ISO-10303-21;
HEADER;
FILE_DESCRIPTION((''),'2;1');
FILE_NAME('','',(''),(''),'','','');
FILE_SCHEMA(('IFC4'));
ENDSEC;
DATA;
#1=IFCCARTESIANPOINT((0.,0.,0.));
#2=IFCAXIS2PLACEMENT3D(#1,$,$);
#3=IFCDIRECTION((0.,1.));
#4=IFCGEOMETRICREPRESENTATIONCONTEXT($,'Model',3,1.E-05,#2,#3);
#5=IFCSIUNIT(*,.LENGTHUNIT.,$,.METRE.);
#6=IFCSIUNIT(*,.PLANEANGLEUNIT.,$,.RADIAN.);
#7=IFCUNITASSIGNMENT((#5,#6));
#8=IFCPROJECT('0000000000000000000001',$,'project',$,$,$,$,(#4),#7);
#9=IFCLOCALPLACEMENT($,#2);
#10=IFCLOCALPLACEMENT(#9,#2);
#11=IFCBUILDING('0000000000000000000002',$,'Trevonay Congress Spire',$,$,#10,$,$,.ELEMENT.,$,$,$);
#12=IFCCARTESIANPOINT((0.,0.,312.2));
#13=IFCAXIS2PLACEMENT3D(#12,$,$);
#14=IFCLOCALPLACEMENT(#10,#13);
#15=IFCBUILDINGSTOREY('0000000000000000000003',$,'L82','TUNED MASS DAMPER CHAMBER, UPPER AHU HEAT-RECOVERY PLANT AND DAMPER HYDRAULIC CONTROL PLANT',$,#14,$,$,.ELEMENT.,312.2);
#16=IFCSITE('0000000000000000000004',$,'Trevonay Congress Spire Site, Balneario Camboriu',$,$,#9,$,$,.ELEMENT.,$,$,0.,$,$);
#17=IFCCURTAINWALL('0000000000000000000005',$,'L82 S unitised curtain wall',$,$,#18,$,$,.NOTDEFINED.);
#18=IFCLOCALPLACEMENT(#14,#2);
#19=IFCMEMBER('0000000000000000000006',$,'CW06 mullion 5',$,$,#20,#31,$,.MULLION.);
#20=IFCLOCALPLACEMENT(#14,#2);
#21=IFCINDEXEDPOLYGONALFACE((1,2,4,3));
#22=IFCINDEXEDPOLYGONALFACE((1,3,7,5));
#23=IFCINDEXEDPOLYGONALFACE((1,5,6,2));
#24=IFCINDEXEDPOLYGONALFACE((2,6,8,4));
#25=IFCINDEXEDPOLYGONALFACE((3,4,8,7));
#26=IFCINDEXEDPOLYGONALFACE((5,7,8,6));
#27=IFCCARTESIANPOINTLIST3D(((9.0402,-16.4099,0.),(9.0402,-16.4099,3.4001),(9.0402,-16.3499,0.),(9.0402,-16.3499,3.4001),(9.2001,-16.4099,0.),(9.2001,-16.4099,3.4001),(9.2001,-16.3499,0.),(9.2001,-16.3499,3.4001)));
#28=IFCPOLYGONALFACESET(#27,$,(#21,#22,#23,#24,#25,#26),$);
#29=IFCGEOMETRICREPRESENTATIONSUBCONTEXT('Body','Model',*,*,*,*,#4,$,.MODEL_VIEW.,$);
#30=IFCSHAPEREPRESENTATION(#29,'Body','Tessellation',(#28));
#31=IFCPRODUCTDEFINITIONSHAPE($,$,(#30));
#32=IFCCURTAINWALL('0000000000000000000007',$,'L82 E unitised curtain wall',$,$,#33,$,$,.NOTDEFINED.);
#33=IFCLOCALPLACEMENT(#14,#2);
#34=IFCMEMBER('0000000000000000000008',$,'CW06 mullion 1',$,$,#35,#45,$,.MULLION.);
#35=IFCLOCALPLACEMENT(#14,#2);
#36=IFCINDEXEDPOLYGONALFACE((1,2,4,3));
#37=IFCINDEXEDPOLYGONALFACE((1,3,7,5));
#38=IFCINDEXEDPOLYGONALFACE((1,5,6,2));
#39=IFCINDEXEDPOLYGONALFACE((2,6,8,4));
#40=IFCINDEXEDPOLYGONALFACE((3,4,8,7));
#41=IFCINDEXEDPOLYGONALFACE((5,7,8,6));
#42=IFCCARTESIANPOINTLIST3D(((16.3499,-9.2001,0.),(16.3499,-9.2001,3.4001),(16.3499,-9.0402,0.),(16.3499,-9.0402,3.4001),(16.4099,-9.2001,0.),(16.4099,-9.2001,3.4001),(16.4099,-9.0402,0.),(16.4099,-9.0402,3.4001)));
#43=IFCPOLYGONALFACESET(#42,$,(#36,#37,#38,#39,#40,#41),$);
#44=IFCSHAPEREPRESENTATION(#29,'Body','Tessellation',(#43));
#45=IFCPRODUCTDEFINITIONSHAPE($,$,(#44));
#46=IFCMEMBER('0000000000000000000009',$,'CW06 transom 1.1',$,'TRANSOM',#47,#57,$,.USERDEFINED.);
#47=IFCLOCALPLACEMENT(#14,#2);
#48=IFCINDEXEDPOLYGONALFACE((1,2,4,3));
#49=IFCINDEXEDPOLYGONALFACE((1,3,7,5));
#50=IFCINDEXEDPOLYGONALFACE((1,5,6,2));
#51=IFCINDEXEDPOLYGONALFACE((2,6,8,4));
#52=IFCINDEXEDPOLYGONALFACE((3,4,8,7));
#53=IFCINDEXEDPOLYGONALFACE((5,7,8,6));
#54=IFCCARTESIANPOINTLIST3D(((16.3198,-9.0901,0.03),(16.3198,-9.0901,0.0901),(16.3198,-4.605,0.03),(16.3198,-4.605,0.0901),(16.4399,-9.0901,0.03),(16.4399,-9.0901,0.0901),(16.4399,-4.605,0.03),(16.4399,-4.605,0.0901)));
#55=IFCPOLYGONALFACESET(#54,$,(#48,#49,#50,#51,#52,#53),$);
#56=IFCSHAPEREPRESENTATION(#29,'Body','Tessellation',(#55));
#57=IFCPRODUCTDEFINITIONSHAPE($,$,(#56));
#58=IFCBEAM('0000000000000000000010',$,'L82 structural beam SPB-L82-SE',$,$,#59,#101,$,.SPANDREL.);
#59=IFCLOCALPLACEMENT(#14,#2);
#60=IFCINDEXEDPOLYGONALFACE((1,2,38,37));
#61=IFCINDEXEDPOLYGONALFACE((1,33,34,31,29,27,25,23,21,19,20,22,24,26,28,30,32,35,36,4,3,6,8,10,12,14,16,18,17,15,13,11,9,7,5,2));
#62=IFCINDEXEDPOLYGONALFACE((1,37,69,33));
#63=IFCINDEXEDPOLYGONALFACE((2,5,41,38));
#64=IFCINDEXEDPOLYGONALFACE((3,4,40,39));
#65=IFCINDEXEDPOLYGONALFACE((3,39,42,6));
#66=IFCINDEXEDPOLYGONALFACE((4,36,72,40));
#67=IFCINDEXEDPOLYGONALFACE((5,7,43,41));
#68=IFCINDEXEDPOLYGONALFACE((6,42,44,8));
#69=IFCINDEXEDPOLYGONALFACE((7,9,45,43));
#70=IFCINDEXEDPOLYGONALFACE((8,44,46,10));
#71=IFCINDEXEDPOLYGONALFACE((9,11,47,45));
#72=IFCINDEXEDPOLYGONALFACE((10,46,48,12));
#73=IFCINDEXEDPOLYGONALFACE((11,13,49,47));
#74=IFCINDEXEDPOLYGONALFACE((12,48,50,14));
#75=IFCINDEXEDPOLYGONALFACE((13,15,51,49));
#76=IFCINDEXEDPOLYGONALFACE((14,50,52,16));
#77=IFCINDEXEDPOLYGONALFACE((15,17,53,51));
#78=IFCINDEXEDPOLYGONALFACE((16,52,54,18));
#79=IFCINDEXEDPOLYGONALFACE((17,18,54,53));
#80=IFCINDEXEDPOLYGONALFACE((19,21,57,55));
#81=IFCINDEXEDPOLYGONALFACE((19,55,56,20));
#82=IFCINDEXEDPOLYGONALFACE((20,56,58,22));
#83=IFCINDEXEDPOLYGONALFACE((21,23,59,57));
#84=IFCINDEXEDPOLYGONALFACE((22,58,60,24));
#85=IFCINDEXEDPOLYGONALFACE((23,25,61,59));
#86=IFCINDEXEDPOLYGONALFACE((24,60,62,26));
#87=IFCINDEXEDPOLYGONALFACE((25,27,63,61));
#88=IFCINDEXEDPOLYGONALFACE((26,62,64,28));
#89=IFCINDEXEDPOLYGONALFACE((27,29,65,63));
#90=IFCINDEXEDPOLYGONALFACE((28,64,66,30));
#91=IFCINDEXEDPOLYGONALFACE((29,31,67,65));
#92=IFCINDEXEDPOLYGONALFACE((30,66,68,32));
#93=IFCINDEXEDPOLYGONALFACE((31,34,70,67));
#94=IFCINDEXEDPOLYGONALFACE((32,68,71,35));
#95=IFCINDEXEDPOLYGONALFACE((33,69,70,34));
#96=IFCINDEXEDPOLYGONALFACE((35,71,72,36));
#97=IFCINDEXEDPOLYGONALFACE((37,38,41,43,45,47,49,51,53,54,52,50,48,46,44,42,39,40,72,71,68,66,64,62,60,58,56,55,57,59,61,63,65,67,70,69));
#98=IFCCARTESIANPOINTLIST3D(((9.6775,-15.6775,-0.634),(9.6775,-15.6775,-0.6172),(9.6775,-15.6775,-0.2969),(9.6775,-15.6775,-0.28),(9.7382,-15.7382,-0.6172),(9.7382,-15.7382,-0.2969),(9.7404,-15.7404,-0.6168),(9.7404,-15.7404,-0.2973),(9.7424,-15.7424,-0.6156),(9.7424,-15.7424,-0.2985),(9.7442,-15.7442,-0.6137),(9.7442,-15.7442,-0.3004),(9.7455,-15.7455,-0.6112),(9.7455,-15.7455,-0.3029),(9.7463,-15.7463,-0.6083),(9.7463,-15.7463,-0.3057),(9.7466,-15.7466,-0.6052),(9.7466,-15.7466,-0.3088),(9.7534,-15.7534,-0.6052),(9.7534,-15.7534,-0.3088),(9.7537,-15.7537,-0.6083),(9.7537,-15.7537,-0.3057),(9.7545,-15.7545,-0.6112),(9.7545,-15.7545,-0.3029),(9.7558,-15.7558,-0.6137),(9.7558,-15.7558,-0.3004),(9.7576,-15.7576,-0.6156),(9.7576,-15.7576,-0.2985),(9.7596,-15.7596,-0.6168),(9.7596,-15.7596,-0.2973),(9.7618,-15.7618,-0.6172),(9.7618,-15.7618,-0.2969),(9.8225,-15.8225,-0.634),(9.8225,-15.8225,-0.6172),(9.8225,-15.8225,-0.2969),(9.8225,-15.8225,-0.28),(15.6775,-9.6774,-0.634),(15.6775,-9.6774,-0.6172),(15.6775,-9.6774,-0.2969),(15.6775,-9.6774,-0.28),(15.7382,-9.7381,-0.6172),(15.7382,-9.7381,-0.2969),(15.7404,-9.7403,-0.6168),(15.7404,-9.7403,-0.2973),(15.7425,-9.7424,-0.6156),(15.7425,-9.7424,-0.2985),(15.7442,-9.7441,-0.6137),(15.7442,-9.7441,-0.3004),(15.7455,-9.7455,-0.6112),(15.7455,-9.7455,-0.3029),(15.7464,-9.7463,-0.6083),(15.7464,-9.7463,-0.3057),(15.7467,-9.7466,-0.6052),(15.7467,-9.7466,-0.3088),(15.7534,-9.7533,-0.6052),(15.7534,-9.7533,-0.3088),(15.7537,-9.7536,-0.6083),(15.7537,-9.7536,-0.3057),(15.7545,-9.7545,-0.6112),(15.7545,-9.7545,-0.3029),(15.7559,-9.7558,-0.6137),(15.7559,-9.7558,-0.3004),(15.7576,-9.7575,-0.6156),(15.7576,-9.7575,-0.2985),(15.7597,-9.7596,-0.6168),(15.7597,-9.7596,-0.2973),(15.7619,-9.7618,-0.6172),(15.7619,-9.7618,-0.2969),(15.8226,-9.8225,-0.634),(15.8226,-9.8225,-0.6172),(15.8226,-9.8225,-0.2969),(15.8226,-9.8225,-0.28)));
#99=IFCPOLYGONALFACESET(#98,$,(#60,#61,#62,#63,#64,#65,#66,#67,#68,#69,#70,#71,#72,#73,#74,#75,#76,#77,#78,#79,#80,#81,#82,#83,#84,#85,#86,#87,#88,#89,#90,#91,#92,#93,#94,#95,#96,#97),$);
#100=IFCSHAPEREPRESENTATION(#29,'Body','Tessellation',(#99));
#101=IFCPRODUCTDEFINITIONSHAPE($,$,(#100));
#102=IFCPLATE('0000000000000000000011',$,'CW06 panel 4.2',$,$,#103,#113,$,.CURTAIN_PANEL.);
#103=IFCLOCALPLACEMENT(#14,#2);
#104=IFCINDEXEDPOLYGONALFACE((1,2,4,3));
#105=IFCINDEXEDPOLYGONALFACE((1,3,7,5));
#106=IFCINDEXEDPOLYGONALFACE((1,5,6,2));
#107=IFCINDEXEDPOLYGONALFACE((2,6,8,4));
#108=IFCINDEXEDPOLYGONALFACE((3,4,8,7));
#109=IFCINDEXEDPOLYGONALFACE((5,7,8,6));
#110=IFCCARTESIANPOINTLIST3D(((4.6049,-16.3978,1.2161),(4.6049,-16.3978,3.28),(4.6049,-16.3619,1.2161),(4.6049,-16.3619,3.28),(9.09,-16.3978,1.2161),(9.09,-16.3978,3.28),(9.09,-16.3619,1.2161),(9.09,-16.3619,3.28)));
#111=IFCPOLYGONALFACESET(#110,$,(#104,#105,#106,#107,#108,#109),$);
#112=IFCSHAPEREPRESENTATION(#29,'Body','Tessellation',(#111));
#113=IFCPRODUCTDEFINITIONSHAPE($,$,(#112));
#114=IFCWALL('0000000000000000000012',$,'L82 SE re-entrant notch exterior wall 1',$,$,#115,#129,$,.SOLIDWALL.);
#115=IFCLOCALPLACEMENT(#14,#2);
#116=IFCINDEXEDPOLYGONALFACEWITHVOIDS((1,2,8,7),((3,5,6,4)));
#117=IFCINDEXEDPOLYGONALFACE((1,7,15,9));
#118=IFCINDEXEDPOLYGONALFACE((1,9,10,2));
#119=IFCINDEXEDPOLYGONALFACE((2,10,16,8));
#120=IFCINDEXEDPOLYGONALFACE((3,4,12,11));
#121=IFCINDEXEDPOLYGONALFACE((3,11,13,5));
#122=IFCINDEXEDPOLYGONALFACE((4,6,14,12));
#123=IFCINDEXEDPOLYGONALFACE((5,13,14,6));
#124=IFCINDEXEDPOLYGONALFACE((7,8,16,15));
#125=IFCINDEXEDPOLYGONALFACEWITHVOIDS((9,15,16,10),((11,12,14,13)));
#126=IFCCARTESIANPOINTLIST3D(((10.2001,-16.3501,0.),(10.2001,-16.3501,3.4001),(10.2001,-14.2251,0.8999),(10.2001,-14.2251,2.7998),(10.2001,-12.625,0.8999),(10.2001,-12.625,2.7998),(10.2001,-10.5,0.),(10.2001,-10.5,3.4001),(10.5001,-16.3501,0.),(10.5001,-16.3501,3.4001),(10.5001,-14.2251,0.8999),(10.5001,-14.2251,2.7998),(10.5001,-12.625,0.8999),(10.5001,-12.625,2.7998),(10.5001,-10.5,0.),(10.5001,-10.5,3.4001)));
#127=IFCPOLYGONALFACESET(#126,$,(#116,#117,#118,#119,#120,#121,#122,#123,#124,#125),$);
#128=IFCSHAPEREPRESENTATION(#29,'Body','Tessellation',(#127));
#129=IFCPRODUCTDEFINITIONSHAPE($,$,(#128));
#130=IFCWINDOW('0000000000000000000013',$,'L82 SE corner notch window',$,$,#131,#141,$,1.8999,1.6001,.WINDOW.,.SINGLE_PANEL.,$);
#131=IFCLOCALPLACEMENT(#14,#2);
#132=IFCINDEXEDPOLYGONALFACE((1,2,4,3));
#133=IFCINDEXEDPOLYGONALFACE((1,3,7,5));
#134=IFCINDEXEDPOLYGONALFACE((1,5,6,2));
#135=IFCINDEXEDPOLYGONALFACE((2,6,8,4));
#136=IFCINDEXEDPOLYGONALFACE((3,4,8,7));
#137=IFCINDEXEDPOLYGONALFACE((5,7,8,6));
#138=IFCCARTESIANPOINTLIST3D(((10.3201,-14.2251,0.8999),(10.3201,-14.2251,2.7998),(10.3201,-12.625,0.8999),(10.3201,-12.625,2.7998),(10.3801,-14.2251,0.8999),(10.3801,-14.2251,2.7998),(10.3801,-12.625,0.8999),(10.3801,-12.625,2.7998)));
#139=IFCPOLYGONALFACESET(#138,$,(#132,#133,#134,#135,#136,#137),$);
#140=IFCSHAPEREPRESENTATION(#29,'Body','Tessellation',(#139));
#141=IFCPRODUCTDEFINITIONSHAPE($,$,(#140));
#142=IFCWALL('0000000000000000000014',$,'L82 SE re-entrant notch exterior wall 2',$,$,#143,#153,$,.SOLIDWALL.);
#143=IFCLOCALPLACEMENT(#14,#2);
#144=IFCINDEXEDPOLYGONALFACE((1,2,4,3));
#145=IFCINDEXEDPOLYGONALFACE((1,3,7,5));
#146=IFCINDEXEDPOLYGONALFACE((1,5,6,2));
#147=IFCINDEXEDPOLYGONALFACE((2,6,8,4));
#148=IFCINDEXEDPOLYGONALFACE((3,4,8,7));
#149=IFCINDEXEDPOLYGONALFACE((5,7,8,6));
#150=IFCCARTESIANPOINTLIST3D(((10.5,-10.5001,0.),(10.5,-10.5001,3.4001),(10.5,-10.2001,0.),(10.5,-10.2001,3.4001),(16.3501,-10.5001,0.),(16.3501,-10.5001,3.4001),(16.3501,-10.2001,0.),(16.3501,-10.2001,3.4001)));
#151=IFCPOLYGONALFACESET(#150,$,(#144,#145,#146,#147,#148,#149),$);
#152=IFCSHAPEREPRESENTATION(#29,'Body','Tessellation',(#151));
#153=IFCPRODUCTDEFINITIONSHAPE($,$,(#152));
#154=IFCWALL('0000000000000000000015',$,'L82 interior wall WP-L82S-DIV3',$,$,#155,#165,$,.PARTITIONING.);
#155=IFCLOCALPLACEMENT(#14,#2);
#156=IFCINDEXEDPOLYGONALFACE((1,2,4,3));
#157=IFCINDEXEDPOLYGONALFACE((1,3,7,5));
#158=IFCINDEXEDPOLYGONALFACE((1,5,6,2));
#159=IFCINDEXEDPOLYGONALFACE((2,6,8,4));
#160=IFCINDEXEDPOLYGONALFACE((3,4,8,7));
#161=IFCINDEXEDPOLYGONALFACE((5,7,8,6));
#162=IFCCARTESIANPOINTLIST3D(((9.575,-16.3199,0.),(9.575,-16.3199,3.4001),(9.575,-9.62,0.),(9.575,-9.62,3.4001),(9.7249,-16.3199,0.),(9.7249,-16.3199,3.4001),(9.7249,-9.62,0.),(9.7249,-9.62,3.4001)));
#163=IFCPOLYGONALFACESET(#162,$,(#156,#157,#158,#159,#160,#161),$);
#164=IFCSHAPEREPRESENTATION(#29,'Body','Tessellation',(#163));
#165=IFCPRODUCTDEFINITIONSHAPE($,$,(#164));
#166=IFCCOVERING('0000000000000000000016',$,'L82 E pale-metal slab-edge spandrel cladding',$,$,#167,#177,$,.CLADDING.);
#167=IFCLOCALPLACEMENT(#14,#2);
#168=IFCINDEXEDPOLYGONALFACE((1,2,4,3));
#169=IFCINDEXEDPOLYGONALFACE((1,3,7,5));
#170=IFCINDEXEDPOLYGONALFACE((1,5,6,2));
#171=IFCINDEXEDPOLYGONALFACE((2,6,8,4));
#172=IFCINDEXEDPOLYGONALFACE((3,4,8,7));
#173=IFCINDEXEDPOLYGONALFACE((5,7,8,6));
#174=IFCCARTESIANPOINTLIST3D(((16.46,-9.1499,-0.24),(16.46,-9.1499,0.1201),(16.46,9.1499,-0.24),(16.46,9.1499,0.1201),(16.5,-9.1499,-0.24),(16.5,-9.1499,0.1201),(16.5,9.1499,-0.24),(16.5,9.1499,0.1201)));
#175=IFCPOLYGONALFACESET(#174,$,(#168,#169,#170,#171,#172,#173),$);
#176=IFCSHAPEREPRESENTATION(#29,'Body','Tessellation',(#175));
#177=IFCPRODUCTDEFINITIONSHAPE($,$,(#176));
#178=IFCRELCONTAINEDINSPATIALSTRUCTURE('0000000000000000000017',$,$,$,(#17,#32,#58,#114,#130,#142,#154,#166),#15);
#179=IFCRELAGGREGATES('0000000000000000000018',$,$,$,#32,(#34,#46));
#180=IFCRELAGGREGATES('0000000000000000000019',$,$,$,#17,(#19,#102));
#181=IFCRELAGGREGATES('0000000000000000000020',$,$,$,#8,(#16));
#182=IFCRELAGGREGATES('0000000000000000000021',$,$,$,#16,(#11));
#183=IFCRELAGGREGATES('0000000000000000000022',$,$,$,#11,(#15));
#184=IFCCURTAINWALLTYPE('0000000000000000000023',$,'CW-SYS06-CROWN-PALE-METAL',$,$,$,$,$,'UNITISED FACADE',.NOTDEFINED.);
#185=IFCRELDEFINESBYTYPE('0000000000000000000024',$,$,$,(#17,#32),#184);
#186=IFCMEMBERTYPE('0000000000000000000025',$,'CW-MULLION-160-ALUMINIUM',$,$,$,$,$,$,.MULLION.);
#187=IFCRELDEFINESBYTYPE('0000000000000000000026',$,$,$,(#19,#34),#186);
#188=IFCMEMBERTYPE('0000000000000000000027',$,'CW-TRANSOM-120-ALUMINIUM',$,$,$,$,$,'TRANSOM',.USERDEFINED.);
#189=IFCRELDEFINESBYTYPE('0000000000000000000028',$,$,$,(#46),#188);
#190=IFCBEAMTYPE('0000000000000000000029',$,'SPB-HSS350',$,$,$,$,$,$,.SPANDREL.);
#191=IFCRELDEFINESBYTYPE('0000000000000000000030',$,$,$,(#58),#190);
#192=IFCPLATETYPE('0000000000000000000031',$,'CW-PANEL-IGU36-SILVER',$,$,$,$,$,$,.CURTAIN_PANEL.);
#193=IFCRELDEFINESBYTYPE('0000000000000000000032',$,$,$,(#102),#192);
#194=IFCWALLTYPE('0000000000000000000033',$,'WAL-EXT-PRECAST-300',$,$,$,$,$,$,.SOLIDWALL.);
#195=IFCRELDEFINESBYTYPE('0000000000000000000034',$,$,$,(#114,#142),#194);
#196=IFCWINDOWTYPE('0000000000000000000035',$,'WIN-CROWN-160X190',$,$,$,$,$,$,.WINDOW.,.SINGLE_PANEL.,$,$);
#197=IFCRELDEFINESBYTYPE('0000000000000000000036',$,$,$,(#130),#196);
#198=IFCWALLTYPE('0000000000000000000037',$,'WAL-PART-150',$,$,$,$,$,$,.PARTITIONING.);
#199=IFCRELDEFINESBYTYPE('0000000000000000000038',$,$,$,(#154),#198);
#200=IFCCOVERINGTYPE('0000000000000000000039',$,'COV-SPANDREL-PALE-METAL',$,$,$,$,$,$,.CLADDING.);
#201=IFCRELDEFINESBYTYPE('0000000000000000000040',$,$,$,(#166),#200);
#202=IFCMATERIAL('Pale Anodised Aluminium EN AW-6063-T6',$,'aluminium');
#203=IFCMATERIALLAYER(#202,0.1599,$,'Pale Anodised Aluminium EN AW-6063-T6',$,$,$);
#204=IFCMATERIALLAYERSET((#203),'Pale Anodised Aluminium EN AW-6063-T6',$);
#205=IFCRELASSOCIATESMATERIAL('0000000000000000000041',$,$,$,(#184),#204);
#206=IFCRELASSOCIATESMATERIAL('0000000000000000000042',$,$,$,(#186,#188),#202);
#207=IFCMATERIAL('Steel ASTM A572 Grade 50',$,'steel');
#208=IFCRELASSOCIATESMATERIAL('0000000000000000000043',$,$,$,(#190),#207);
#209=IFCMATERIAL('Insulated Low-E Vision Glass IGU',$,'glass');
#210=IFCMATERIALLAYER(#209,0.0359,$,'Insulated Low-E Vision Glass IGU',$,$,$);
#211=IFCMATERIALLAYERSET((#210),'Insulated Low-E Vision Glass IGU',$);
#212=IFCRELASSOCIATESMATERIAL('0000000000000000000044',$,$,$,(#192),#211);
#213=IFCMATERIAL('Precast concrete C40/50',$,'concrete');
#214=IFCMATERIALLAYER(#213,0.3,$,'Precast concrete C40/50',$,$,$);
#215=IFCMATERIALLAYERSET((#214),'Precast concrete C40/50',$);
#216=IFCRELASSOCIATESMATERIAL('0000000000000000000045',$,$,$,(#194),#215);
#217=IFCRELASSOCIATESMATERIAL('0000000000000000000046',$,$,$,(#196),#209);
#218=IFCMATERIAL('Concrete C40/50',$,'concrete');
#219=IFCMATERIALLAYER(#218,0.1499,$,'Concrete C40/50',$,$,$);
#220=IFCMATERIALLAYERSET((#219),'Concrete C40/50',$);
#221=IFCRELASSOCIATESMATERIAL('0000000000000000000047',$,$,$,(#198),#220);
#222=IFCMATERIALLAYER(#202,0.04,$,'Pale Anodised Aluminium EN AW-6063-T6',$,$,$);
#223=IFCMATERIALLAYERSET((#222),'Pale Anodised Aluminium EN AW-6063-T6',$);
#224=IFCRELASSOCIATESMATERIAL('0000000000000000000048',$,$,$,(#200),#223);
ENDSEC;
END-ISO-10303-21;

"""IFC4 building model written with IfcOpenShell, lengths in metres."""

from ifc_helpers import new_model, si_unit, direction, frame, frame_2d, origin, origin_2d, place, context, subcontext, project, spatial, rectangle, i_section, extrude, material, layer, layer_set, material_profile, profile_set, type_object, element, fill, aggregate, save


model = new_model("IFC4")

# Units and contexts
model_context = context("Model", 3, precision=1e-05, world=origin(), true_north=direction((0.0, 1.0)))
body_context = subcontext(model_context, "Body", "Model", "MODEL_VIEW")
ifc_project = project(units=[si_unit("LENGTHUNIT", "METRE"), si_unit("PLANEANGLEUNIT", "RADIAN")], contexts=[model_context])

# Site, building, storey
site_placement = place(None, origin())
site = spatial("IfcSite", under=ifc_project, at=site_placement, Name="Trevonay Congress Spire Site, Balneario Camboriu", CompositionType="ELEMENT", RefElevation=0.0)
building_placement = place(site_placement, origin())
building = spatial("IfcBuilding", under=site, at=building_placement, Name="Trevonay Congress Spire", CompositionType="ELEMENT")
storey_placement = place(building_placement, frame((0.0, 0.0, 312.2)))
storey = spatial("IfcBuildingStorey", under=building, at=storey_placement, Name="L82", Description="TUNED MASS DAMPER CHAMBER, UPPER AHU HEAT-RECOVERY PLANT AND DAMPER HYDRAULIC CONTROL PLANT", CompositionType="ELEMENT", Elevation=312.2)

# Shared definitions
ifc_material_1 = material(Name="Steel ASTM A572 Grade 50", Category="steel")

# Curtain wall, member
ifc_material_2 = material(Name="Pale Anodised Aluminium EN AW-6063-T6", Category="aluminium")
ifc_layer_1 = layer(ifc_material_2, 0.1599, Name="Pale Anodised Aluminium EN AW-6063-T6")
ifc_layer_set_1 = layer_set([ifc_layer_1], Name="Pale Anodised Aluminium EN AW-6063-T6")
curtain_wall_type = type_object("IfcCurtainWallType", Name="CW-SYS06-CROWN-PALE-METAL", ElementType="UNITISED FACADE", PredefinedType="NOTDEFINED", material=ifc_layer_set_1)
curtain_wall_1_placement = place(storey_placement, origin())
curtain_wall_1 = element("IfcCurtainWall", 1, at=curtain_wall_1_placement, inside=storey, type_object=curtain_wall_type, Name="L82 S unitised curtain wall", PredefinedType="NOTDEFINED")
ifc_material_profile_1 = material_profile(ifc_material_2, rectangle(XDim=0.0601, YDim=0.1599, at=origin_2d()), Name="CW-MULLION-160-ALUMINIUM")
ifc_profile_set_1 = profile_set([ifc_material_profile_1], Name="Pale Anodised Aluminium EN AW-6063-T6")
member_type_1 = type_object("IfcMemberType", Name="CW-MULLION-160-ALUMINIUM", PredefinedType="MULLION", material=ifc_profile_set_1)
member_1_placement = place(storey_placement, frame((9.1201, -16.3799, 0.0), z_axis=(0.0, 0.0, 1.0), x_axis=(0.0, 1.0, 0.0)))
member_1 = element("IfcMember", 2, at=member_1_placement, type_object=member_type_1, Name="CW06 mullion 5", PredefinedType="MULLION", context=body_context, shape_type="SweptSolid", body=[
    extrude(rectangle(XDim=0.0601, YDim=0.1599, at=origin_2d()), origin(), (0.0, 0.0, 1.0), 3.4001),
])

# Curtain wall, members
curtain_wall_2_placement = place(storey_placement, origin())
curtain_wall_2 = element("IfcCurtainWall", 3, at=curtain_wall_2_placement, inside=storey, type_object=curtain_wall_type, Name="L82 E unitised curtain wall", PredefinedType="NOTDEFINED")
member_2_placement = place(storey_placement, frame((16.3799, -9.1201, 0.0), z_axis=(0.0, 0.0, 1.0), x_axis=(-1.0, 0.0, 0.0)))
member_2 = element("IfcMember", 4, at=member_2_placement, type_object=member_type_1, Name="CW06 mullion 1", PredefinedType="MULLION", context=body_context, shape_type="SweptSolid", body=[
    extrude(rectangle(XDim=0.0601, YDim=0.1599, at=origin_2d()), origin(), (0.0, 0.0, 1.0), 3.4001),
])
ifc_material_profile_2 = material_profile(ifc_material_2, rectangle(XDim=0.1201, YDim=0.0601, at=origin_2d()), Name="CW-TRANSOM-120-ALUMINIUM")
ifc_profile_set_2 = profile_set([ifc_material_profile_2], Name="Pale Anodised Aluminium EN AW-6063-T6")
member_type_2 = type_object("IfcMemberType", Name="CW-TRANSOM-120-ALUMINIUM", ElementType="TRANSOM", PredefinedType="USERDEFINED", material=ifc_profile_set_2)
member_3_placement = place(storey_placement, frame((16.3799, -9.0901, 0.0601), z_axis=(0.0, 1.0, 0.0), x_axis=(-1.0, 0.0, 0.0)))
member_3 = element("IfcMember", 5, at=member_3_placement, type_object=member_type_2, Name="CW06 transom 1.1", ObjectType="TRANSOM", PredefinedType="USERDEFINED", context=body_context, shape_type="SweptSolid", body=[
    extrude(rectangle(XDim=0.1201, YDim=0.0601, at=origin_2d()), origin(), (0.0, 0.0, 1.0), 4.4851),
])
aggregate(curtain_wall_2, [member_2, member_3])

# Beam
ifc_material_profile_3 = material_profile(ifc_material_1, i_section(OverallWidth=0.2051, OverallDepth=0.354, WebThickness=0.0095, FlangeThickness=0.0168, FilletRadius=0.012, at=origin_2d()), Name="W360x79")
ifc_profile_set_3 = profile_set([ifc_material_profile_3], Name="Steel ASTM A572 Grade 50")
beam_type_1 = type_object("IfcBeamType", Name="SPB-HSS350", PredefinedType="SPANDREL", material=ifc_profile_set_3)
beam_1_placement = place(storey_placement, frame((9.75, -15.75, -0.457), z_axis=(0.707107, 0.707107, 0.0), x_axis=(-0.707107, 0.707107, 0.0)))
element("IfcBeam", 6, at=beam_1_placement, inside=storey, type_object=beam_type_1, Name="L82 structural beam SPB-L82-SE", PredefinedType="SPANDREL", context=body_context, shape_type="SweptSolid", body=[
    extrude(i_section(OverallWidth=0.2051, OverallDepth=0.354, WebThickness=0.0095, FlangeThickness=0.0168, FilletRadius=0.012, at=origin_2d()), origin(), (0.0, 0.0, 1.0), 8.4854),
])

# Plate
ifc_material_3 = material(Name="Insulated Low-E Vision Glass IGU", Category="glass")
ifc_layer_2 = layer(ifc_material_3, 0.0359, Name="Insulated Low-E Vision Glass IGU")
ifc_layer_set_2 = layer_set([ifc_layer_2], Name="Insulated Low-E Vision Glass IGU")
plate_type = type_object("IfcPlateType", Name="CW-PANEL-IGU36-SILVER", PredefinedType="CURTAIN_PANEL", material=ifc_layer_set_2)
plate_placement = place(storey_placement, frame((6.8474, -16.3799, 1.2161), z_axis=(0.0, 0.0, 1.0), x_axis=(1.0, 0.0, 0.0)))
plate = element("IfcPlate", 7, at=plate_placement, type_object=plate_type, Name="CW06 panel 4.2", PredefinedType="CURTAIN_PANEL", context=body_context, shape_type="SweptSolid", body=[
    extrude(rectangle(XDim=4.4851, YDim=0.0359, at=origin_2d()), origin(), (0.0, 0.0, 1.0), 2.064),
])
aggregate(curtain_wall_1, [member_1, plate])

# Wall, opening, window
ifc_material_4 = material(Name="Precast concrete C40/50", Category="concrete")
ifc_layer_3 = layer(ifc_material_4, 0.3, Name="Precast concrete C40/50")
ifc_layer_set_3 = layer_set([ifc_layer_3], Name="Precast concrete C40/50")
wall_type_1 = type_object("IfcWallType", Name="WAL-EXT-PRECAST-300", PredefinedType="SOLIDWALL", material=ifc_layer_set_3)
wall_1_placement = place(storey_placement, frame((10.3501, -16.3501, 0.0), z_axis=(0.0, 0.0, 1.0), x_axis=(0.0, 1.0, 0.0)))
wall_1 = element("IfcWall", 8, at=wall_1_placement, inside=storey, type_object=wall_type_1, Name="L82 SE re-entrant notch exterior wall 1", PredefinedType="SOLIDWALL", context=body_context, shape_type="SweptSolid", body=[
    extrude(rectangle(XDim=5.8501, YDim=0.3, at=frame_2d((2.925, 0.0))), origin(), (0.0, 0.0, 1.0), 3.4001),
])
opening_placement = place(wall_1_placement, frame((2.125, 0.0, 0.8999)))
opening = element("IfcOpeningElement", 9, at=opening_placement, cuts=wall_1, PredefinedType="OPENING", context=body_context, shape_type="SweptSolid", body=[
    extrude(rectangle(XDim=1.6001, YDim=1.8999, at=frame_2d((0.8, 0.95))), frame((0.0, 0.1602, 0.0), z_axis=(0.0, -1.0, 0.0), x_axis=(1.0, 0.0, 0.0)), (0.0, 0.0, 1.0), 0.3201),
])
window_type = type_object("IfcWindowType", Name="WIN-CROWN-160X190", PartitioningType="SINGLE_PANEL", PredefinedType="WINDOW", material=ifc_material_3)
window_placement = place(opening_placement, origin())
window = element("IfcWindow", 10, at=window_placement, inside=storey, type_object=window_type, Name="L82 SE corner notch window", OverallHeight=1.8999, OverallWidth=1.6001, PartitioningType="SINGLE_PANEL", PredefinedType="WINDOW", context=body_context, shape_type="SweptSolid", body=[
    extrude(rectangle(XDim=1.6001, YDim=1.8999, at=frame_2d((0.8, 0.95))), frame((0.0, 0.03, 0.0), z_axis=(0.0, -1.0, 0.0), x_axis=(1.0, 0.0, 0.0)), (0.0, 0.0, 1.0), 0.0601),
])
fill(opening, window)

# Walls
wall_2_placement = place(storey_placement, frame((16.3501, -10.3501, 0.0), z_axis=(0.0, 0.0, 1.0), x_axis=(-1.0, 0.0, 0.0)))
element("IfcWall", 11, at=wall_2_placement, inside=storey, type_object=wall_type_1, Name="L82 SE re-entrant notch exterior wall 2", PredefinedType="SOLIDWALL", context=body_context, shape_type="SweptSolid", body=[
    extrude(rectangle(XDim=5.8501, YDim=0.3, at=frame_2d((2.925, 0.0))), origin(), (0.0, 0.0, 1.0), 3.4001),
])
ifc_material_5 = material(Name="Concrete C40/50", Category="concrete")
ifc_layer_4 = layer(ifc_material_5, 0.1499, Name="Concrete C40/50")
ifc_layer_set_4 = layer_set([ifc_layer_4], Name="Concrete C40/50")
wall_type_2 = type_object("IfcWallType", Name="WAL-PART-150", PredefinedType="PARTITIONING", material=ifc_layer_set_4)
wall_3_placement = place(storey_placement, frame((9.6499, -16.3201, 0.0), z_axis=(0.0, 0.0, 1.0), x_axis=(0.0, 1.0, 0.0)))
element("IfcWall", 12, at=wall_3_placement, inside=storey, type_object=wall_type_2, Name="L82 interior wall WP-L82S-DIV3", PredefinedType="PARTITIONING", context=body_context, shape_type="SweptSolid", body=[
    extrude(rectangle(XDim=6.7, YDim=0.1499, at=frame_2d((3.3501, 0.0))), origin(), (0.0, 0.0, 1.0), 3.4001),
])

# Covering
ifc_layer_5 = layer(ifc_material_2, 0.04, Name="Pale Anodised Aluminium EN AW-6063-T6")
ifc_layer_set_5 = layer_set([ifc_layer_5], Name="Pale Anodised Aluminium EN AW-6063-T6")
covering_type = type_object("IfcCoveringType", Name="COV-SPANDREL-PALE-METAL", PredefinedType="CLADDING", material=ifc_layer_set_5)
covering_placement = place(storey_placement, frame((16.48, -9.1499, -0.24), z_axis=(0.0, 0.0, 1.0), x_axis=(0.0, 1.0, 0.0)))
element("IfcCovering", 13, at=covering_placement, inside=storey, type_object=covering_type, Name="L82 E pale-metal slab-edge spandrel cladding", PredefinedType="CLADDING", context=body_context, shape_type="SweptSolid", body=[
    extrude(rectangle(XDim=18.2998, YDim=0.04, at=frame_2d((9.1499, 0.0))), origin(), (0.0, 0.0, 1.0), 0.3601),
])

save(model, "model.ifc")
